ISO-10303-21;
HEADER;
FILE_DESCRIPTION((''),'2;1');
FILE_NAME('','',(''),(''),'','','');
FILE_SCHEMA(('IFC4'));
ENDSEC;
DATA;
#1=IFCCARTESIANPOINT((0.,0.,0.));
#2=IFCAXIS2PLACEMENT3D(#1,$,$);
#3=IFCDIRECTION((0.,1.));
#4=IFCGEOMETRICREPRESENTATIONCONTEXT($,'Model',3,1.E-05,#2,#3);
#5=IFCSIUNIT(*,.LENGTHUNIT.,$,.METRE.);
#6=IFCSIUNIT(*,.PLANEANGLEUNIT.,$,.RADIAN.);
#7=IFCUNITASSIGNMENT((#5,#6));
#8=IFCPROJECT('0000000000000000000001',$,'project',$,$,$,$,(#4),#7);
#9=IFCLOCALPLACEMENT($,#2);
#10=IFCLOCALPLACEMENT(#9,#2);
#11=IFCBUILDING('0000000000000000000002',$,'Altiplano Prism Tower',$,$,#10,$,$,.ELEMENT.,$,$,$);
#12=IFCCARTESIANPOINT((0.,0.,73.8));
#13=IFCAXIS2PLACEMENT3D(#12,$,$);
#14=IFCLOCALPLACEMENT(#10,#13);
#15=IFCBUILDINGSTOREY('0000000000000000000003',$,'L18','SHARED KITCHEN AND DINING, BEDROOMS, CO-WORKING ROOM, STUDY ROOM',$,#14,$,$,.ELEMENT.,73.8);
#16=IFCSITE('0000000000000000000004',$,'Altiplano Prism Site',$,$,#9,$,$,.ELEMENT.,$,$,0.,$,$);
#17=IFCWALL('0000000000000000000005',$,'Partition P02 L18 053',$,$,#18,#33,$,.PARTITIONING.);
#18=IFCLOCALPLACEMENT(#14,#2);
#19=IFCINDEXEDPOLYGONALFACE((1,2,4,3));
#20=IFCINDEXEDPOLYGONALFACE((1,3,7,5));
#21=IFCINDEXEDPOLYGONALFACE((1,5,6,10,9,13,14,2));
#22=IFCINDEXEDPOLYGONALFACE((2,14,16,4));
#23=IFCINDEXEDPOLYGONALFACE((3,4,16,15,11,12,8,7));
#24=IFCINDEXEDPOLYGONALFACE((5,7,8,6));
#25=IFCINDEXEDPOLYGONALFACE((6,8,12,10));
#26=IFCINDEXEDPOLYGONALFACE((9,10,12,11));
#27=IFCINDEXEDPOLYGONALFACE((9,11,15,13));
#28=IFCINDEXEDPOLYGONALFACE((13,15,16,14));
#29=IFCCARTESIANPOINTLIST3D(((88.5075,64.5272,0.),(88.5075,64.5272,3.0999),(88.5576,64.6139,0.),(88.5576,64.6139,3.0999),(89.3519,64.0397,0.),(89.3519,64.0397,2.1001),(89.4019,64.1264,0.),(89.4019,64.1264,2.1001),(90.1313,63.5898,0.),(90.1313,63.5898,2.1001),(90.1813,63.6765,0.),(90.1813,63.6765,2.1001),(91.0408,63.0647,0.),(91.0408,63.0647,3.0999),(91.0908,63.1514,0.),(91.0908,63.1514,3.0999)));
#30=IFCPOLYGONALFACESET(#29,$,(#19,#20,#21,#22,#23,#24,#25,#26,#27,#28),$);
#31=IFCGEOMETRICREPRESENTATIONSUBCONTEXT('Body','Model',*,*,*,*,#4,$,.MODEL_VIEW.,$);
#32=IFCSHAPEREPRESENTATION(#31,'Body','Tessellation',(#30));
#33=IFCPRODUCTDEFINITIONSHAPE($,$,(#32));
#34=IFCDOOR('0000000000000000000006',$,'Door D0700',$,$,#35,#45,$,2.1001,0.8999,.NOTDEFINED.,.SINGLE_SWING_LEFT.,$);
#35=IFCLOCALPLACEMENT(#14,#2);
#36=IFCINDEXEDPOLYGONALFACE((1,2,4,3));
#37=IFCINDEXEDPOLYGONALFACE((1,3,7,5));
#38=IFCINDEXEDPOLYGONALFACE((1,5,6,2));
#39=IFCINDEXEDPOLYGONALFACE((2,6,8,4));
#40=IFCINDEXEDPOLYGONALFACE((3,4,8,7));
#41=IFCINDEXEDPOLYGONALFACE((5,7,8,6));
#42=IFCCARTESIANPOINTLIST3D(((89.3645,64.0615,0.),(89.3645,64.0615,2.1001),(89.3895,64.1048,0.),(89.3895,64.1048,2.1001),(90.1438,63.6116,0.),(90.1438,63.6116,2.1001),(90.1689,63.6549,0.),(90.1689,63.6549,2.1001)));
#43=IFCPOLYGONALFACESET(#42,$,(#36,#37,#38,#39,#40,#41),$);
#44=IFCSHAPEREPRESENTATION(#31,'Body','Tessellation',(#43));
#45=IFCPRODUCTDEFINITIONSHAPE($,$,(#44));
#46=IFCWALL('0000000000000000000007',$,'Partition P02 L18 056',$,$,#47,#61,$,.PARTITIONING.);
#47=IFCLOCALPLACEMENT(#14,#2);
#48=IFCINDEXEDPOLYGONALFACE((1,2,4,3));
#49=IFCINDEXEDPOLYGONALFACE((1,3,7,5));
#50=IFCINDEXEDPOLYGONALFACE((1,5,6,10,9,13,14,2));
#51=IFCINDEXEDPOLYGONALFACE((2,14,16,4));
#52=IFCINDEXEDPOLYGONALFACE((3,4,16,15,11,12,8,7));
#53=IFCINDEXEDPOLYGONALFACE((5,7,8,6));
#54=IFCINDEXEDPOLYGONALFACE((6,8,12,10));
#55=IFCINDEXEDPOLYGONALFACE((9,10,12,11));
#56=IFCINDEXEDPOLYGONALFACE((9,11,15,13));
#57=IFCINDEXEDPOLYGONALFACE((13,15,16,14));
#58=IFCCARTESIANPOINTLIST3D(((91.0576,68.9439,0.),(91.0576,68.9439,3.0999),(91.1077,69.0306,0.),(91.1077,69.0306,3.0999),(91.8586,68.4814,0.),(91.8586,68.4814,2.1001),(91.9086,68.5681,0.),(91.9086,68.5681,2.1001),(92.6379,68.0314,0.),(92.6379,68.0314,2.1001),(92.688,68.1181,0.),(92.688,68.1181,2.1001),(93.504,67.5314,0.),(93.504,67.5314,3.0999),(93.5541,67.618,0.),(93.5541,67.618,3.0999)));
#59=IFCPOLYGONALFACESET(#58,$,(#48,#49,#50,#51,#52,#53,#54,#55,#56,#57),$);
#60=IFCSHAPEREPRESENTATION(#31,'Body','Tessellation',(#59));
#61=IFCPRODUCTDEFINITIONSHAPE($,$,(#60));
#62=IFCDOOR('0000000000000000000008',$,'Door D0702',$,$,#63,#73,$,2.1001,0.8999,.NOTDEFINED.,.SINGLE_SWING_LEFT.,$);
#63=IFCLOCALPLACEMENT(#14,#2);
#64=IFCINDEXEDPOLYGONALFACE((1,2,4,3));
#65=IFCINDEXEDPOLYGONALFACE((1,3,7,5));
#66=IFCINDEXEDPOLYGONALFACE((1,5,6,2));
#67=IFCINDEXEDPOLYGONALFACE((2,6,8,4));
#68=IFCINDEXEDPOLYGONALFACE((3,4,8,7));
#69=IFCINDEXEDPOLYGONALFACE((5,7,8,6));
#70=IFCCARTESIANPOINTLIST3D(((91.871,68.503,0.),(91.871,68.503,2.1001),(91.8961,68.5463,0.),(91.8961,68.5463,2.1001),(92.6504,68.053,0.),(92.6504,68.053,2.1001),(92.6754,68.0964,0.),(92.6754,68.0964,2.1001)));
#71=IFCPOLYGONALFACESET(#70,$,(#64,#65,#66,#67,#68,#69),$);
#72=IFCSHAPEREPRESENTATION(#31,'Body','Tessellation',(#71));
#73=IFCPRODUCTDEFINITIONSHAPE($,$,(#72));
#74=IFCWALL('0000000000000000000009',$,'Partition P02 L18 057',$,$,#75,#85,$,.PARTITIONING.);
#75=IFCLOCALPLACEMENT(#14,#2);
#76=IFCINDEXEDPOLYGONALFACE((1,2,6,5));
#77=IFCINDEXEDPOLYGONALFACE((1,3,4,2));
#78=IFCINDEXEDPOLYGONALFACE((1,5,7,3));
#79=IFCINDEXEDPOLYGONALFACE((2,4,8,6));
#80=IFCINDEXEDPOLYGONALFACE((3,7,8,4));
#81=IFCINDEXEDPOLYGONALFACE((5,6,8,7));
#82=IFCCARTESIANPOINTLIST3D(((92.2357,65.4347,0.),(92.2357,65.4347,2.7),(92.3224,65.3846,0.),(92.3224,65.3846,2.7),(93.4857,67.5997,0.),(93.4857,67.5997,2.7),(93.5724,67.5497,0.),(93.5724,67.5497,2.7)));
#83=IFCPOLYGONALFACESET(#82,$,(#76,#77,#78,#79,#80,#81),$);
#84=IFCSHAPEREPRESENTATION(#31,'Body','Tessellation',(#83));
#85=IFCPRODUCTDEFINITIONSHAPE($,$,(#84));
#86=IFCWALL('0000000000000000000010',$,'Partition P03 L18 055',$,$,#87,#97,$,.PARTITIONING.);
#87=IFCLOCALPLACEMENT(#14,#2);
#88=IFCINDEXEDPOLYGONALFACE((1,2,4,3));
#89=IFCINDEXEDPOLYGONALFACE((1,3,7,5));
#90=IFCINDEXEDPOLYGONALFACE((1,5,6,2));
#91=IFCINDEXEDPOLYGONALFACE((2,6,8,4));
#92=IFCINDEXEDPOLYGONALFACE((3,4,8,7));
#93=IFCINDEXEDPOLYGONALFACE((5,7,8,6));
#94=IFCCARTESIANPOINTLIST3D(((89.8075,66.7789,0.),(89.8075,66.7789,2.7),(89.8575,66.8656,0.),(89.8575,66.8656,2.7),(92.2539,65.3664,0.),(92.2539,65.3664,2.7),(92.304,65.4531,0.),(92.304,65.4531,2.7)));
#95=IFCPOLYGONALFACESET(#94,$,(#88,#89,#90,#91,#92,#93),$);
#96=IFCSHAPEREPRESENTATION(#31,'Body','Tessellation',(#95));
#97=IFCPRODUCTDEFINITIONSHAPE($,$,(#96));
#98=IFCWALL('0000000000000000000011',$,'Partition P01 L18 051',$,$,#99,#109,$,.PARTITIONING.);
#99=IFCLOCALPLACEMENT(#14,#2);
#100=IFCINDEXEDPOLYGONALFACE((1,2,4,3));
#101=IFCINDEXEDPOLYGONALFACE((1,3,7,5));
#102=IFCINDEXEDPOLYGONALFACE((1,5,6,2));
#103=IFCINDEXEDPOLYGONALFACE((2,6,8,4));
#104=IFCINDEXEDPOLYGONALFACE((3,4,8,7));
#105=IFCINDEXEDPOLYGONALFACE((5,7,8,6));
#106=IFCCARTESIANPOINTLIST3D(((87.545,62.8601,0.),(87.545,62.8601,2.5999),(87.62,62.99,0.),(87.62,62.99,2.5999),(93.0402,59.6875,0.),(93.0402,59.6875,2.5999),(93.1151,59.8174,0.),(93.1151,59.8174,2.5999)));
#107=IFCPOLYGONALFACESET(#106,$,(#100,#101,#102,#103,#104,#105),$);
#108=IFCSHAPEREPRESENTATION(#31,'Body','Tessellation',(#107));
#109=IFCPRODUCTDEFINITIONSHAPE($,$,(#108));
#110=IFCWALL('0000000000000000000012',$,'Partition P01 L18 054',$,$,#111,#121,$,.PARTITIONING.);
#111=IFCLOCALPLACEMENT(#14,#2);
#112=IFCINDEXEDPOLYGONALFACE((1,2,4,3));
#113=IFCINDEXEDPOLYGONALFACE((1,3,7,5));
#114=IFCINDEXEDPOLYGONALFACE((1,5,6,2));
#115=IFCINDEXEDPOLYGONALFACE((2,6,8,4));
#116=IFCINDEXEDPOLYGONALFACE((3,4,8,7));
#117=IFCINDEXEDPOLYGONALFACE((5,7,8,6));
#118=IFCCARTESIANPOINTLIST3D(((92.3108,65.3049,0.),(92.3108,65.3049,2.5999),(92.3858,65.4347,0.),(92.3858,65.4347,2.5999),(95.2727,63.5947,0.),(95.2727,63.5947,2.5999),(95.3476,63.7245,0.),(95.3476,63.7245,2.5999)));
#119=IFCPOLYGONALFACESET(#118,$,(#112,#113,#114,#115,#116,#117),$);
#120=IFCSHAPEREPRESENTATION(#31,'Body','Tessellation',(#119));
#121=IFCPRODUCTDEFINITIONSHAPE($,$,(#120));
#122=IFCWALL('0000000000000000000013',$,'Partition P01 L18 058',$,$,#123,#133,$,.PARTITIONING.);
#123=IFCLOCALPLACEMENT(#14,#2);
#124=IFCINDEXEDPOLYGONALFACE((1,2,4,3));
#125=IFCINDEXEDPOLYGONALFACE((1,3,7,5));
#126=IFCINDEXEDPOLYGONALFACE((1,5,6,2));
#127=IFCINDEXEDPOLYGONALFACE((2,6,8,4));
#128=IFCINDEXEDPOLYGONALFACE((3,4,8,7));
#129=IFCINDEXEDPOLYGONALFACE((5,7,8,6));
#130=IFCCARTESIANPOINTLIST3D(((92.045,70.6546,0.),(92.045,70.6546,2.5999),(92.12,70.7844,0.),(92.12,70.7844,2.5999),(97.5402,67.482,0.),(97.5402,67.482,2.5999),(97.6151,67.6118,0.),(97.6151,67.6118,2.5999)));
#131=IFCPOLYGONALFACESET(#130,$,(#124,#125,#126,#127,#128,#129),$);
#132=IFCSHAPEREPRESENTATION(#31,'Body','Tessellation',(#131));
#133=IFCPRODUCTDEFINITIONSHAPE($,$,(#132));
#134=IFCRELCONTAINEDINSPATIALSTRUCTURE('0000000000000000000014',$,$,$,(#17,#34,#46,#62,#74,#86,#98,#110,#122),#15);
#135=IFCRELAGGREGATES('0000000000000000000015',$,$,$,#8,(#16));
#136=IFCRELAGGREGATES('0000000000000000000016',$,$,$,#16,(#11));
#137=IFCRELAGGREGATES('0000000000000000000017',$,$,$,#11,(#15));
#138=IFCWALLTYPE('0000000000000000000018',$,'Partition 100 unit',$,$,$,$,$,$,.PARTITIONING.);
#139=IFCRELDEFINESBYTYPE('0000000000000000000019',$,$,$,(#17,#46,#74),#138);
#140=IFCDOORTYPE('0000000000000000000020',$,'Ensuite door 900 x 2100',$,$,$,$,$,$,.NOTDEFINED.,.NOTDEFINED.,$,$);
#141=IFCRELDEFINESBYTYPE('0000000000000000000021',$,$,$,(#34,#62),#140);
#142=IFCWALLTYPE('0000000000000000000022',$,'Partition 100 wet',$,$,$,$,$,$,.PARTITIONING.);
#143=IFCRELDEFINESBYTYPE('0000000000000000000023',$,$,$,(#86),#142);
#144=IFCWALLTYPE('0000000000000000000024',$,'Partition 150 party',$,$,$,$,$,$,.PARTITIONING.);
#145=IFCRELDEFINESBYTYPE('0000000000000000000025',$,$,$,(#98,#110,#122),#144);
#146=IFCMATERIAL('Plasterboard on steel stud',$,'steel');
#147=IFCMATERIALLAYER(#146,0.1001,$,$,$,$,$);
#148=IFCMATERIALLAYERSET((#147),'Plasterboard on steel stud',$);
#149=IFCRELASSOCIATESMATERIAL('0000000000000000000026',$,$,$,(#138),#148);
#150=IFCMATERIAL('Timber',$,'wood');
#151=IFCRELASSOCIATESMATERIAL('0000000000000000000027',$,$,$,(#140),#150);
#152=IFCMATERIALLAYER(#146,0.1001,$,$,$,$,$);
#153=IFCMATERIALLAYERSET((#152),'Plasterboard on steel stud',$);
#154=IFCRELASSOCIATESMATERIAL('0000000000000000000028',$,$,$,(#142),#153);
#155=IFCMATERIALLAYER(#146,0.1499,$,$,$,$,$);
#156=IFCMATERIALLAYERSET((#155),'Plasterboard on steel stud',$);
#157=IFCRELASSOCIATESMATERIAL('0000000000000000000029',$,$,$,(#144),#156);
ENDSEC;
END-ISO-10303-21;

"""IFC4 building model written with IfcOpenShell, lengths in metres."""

from ifc_helpers import new_model, si_unit, direction, frame, frame_2d, origin, place, context, subcontext, project, spatial, rectangle, extrude, material, layer, layer_set, type_object, element, fill, save


model = new_model("IFC4")

# Units and contexts
model_context = context("Model", 3, precision=1e-05, world=origin(), true_north=direction((0.0, 1.0)))
body_context = subcontext(model_context, "Body", "Model", "MODEL_VIEW")
ifc_project = project(units=[si_unit("LENGTHUNIT", "METRE"), si_unit("PLANEANGLEUNIT", "RADIAN")], contexts=[model_context])

# Site, building, storey
site_placement = place(None, origin())
site = spatial("IfcSite", under=ifc_project, at=site_placement, Name="Altiplano Prism Site", CompositionType="ELEMENT", RefElevation=0.0)
building_placement = place(site_placement, origin())
building = spatial("IfcBuilding", under=site, at=building_placement, Name="Altiplano Prism Tower", CompositionType="ELEMENT")
storey_placement = place(building_placement, frame((0.0, 0.0, 73.8)))
storey = spatial("IfcBuildingStorey", under=building, at=storey_placement, Name="L18", Description="SHARED KITCHEN AND DINING, BEDROOMS, CO-WORKING ROOM, STUDY ROOM", CompositionType="ELEMENT", Elevation=73.8)

# Shared definitions
ifc_material_1 = material(Name="Plasterboard on steel stud", Category="steel")
ifc_layer_1 = layer(ifc_material_1, 0.1001)
ifc_layer_set_1 = layer_set([ifc_layer_1], Name="Plasterboard on steel stud")
wall_type_1 = type_object("IfcWallType", Name="Partition 100 unit", PredefinedType="PARTITIONING", material=ifc_layer_set_1)

# Walls, openings, doors
wall_1_placement = place(storey_placement, frame((91.0657, 63.1082, 0.0), z_axis=(0.0, 0.0, 1.0), x_axis=(-0.866047, 0.499963, 0.0)))
wall_1 = element("IfcWall", 1, at=wall_1_placement, inside=storey, type_object=wall_type_1, Name="Partition P02 L18 053", PredefinedType="PARTITIONING", context=body_context, shape_type="SweptSolid", body=[
    extrude(rectangle(XDim=2.925, YDim=0.1001, at=frame_2d((1.4624, 0.0))), origin(), (0.0, 0.0, 1.0), 3.0999),
])
opening_1_placement = place(wall_1_placement, frame((1.05, 0.0, 0.0)))
opening_1 = element("IfcOpeningElement", 2, at=opening_1_placement, cuts=wall_1, PredefinedType="OPENING", context=body_context, shape_type="SweptSolid", body=[
    extrude(rectangle(XDim=0.8999, YDim=2.1001, at=frame_2d((0.45, 1.05))), frame((0.0, 0.0605, 0.0), z_axis=(0.0, -1.0, 0.0), x_axis=(1.0, 0.0, 0.0)), (0.0, 0.0, 1.0), 0.1211),
])
ifc_material_2 = material(Name="Timber", Category="wood")
door_type = type_object("IfcDoorType", Name="Ensuite door 900 x 2100", OperationType="NOTDEFINED", PredefinedType="NOTDEFINED", material=ifc_material_2)
door_1_placement = place(opening_1_placement, origin())
door_1 = element("IfcDoor", 3, at=door_1_placement, inside=storey, type_object=door_type, Name="Door D0700", OperationType="SINGLE_SWING_LEFT", OverallHeight=2.1001, OverallWidth=0.8999, PredefinedType="NOTDEFINED", context=body_context, shape_type="SweptSolid", body=[
    extrude(rectangle(XDim=0.8999, YDim=2.1001, at=frame_2d((0.45, 1.05))), frame((0.0, 0.0249, 0.0), z_axis=(0.0, -1.0, 0.0), x_axis=(1.0, 0.0, 0.0)), (0.0, 0.0, 1.0), 0.05),
])
fill(opening_1, door_1)
wall_2_placement = place(storey_placement, frame((91.0825, 68.9873, 0.0), z_axis=(0.0, 0.0, 1.0), x_axis=(0.866011, -0.500024, 0.0)))
wall_2 = element("IfcWall", 4, at=wall_2_placement, inside=storey, type_object=wall_type_1, Name="Partition P02 L18 056", PredefinedType="PARTITIONING", context=body_context, shape_type="SweptSolid", body=[
    extrude(rectangle(XDim=2.825, YDim=0.1001, at=frame_2d((1.4126, 0.0))), origin(), (0.0, 0.0, 1.0), 3.0999),
])
opening_2_placement = place(wall_2_placement, frame((0.925, 0.0, 0.0)))
opening_2 = element("IfcOpeningElement", 5, at=opening_2_placement, cuts=wall_2, PredefinedType="OPENING", context=body_context, shape_type="SweptSolid", body=[
    extrude(rectangle(XDim=0.8999, YDim=2.1001, at=frame_2d((0.45, 1.05))), frame((0.0, 0.0605, 0.0), z_axis=(0.0, -1.0, 0.0), x_axis=(1.0, 0.0, 0.0)), (0.0, 0.0, 1.0), 0.1211),
])
door_2_placement = place(opening_2_placement, origin())
door_2 = element("IfcDoor", 6, at=door_2_placement, inside=storey, type_object=door_type, Name="Door D0702", OperationType="SINGLE_SWING_LEFT", OverallHeight=2.1001, OverallWidth=0.8999, PredefinedType="NOTDEFINED", context=body_context, shape_type="SweptSolid", body=[
    extrude(rectangle(XDim=0.8999, YDim=2.1001, at=frame_2d((0.45, 1.05))), frame((0.0, 0.0249, 0.0), z_axis=(0.0, -1.0, 0.0), x_axis=(1.0, 0.0, 0.0)), (0.0, 0.0, 1.0), 0.05),
])
fill(opening_2, door_2)

# Walls
wall_3_placement = place(storey_placement, frame((93.5291, 67.5747, 0.0), z_axis=(0.0, 0.0, 1.0), x_axis=(-0.500004, -0.866023, 0.0)))
element("IfcWall", 7, at=wall_3_placement, inside=storey, type_object=wall_type_1, Name="Partition P02 L18 057", PredefinedType="PARTITIONING", context=body_context, shape_type="SweptSolid", body=[
    extrude(rectangle(XDim=2.5, YDim=0.1001, at=frame_2d((1.25, 0.0))), origin(), (0.0, 0.0, 1.0), 2.7),
])
ifc_layer_2 = layer(ifc_material_1, 0.1001)
ifc_layer_set_2 = layer_set([ifc_layer_2], Name="Plasterboard on steel stud")
wall_type_2 = type_object("IfcWallType", Name="Partition 100 wet", PredefinedType="PARTITIONING", material=ifc_layer_set_2)
wall_4_placement = place(storey_placement, frame((92.2791, 65.4097, 0.0), z_axis=(0.0, 0.0, 1.0), x_axis=(-0.866011, 0.500024, 0.0)))
element("IfcWall", 8, at=wall_4_placement, inside=storey, type_object=wall_type_2, Name="Partition P03 L18 055", PredefinedType="PARTITIONING", context=body_context, shape_type="SweptSolid", body=[
    extrude(rectangle(XDim=2.825, YDim=0.1001, at=frame_2d((1.4126, 0.0))), origin(), (0.0, 0.0, 1.0), 2.7),
])
ifc_layer_3 = layer(ifc_material_1, 0.1499)
ifc_layer_set_3 = layer_set([ifc_layer_3], Name="Plasterboard on steel stud")
wall_type_3 = type_object("IfcWallType", Name="Partition 150 party", PredefinedType="PARTITIONING", material=ifc_layer_set_3)
wall_5_placement = place(storey_placement, frame((93.0776, 59.7524, 0.0), z_axis=(0.0, 0.0, 1.0), x_axis=(-0.866025, 0.5, 0.0)))
element("IfcWall", 9, at=wall_5_placement, inside=storey, type_object=wall_type_3, Name="Partition P01 L18 051", PredefinedType="PARTITIONING", context=body_context, shape_type="SweptSolid", body=[
    extrude(rectangle(XDim=6.3452, YDim=0.1499, at=frame_2d((3.1726, 0.0))), origin(), (0.0, 0.0, 1.0), 2.5999),
])
wall_6_placement = place(storey_placement, frame((95.3101, 63.6597, 0.0), z_axis=(0.0, 0.0, 1.0), x_axis=(-0.866007, 0.500031, 0.0)))
element("IfcWall", 10, at=wall_6_placement, inside=storey, type_object=wall_type_3, Name="Partition P01 L18 054", PredefinedType="PARTITIONING", context=body_context, shape_type="SweptSolid", body=[
    extrude(rectangle(XDim=3.4202, YDim=0.1499, at=frame_2d((1.71, 0.0))), origin(), (0.0, 0.0, 1.0), 2.5999),
])
wall_7_placement = place(storey_placement, frame((97.5776, 67.5469, 0.0), z_axis=(0.0, 0.0, 1.0), x_axis=(-0.866025, 0.5, 0.0)))
element("IfcWall", 11, at=wall_7_placement, inside=storey, type_object=wall_type_3, Name="Partition P01 L18 058", PredefinedType="PARTITIONING", context=body_context, shape_type="SweptSolid", body=[
    extrude(rectangle(XDim=6.3452, YDim=0.1499, at=frame_2d((3.1726, 0.0))), origin(), (0.0, 0.0, 1.0), 2.5999),
])

save(model, "model.ifc")
